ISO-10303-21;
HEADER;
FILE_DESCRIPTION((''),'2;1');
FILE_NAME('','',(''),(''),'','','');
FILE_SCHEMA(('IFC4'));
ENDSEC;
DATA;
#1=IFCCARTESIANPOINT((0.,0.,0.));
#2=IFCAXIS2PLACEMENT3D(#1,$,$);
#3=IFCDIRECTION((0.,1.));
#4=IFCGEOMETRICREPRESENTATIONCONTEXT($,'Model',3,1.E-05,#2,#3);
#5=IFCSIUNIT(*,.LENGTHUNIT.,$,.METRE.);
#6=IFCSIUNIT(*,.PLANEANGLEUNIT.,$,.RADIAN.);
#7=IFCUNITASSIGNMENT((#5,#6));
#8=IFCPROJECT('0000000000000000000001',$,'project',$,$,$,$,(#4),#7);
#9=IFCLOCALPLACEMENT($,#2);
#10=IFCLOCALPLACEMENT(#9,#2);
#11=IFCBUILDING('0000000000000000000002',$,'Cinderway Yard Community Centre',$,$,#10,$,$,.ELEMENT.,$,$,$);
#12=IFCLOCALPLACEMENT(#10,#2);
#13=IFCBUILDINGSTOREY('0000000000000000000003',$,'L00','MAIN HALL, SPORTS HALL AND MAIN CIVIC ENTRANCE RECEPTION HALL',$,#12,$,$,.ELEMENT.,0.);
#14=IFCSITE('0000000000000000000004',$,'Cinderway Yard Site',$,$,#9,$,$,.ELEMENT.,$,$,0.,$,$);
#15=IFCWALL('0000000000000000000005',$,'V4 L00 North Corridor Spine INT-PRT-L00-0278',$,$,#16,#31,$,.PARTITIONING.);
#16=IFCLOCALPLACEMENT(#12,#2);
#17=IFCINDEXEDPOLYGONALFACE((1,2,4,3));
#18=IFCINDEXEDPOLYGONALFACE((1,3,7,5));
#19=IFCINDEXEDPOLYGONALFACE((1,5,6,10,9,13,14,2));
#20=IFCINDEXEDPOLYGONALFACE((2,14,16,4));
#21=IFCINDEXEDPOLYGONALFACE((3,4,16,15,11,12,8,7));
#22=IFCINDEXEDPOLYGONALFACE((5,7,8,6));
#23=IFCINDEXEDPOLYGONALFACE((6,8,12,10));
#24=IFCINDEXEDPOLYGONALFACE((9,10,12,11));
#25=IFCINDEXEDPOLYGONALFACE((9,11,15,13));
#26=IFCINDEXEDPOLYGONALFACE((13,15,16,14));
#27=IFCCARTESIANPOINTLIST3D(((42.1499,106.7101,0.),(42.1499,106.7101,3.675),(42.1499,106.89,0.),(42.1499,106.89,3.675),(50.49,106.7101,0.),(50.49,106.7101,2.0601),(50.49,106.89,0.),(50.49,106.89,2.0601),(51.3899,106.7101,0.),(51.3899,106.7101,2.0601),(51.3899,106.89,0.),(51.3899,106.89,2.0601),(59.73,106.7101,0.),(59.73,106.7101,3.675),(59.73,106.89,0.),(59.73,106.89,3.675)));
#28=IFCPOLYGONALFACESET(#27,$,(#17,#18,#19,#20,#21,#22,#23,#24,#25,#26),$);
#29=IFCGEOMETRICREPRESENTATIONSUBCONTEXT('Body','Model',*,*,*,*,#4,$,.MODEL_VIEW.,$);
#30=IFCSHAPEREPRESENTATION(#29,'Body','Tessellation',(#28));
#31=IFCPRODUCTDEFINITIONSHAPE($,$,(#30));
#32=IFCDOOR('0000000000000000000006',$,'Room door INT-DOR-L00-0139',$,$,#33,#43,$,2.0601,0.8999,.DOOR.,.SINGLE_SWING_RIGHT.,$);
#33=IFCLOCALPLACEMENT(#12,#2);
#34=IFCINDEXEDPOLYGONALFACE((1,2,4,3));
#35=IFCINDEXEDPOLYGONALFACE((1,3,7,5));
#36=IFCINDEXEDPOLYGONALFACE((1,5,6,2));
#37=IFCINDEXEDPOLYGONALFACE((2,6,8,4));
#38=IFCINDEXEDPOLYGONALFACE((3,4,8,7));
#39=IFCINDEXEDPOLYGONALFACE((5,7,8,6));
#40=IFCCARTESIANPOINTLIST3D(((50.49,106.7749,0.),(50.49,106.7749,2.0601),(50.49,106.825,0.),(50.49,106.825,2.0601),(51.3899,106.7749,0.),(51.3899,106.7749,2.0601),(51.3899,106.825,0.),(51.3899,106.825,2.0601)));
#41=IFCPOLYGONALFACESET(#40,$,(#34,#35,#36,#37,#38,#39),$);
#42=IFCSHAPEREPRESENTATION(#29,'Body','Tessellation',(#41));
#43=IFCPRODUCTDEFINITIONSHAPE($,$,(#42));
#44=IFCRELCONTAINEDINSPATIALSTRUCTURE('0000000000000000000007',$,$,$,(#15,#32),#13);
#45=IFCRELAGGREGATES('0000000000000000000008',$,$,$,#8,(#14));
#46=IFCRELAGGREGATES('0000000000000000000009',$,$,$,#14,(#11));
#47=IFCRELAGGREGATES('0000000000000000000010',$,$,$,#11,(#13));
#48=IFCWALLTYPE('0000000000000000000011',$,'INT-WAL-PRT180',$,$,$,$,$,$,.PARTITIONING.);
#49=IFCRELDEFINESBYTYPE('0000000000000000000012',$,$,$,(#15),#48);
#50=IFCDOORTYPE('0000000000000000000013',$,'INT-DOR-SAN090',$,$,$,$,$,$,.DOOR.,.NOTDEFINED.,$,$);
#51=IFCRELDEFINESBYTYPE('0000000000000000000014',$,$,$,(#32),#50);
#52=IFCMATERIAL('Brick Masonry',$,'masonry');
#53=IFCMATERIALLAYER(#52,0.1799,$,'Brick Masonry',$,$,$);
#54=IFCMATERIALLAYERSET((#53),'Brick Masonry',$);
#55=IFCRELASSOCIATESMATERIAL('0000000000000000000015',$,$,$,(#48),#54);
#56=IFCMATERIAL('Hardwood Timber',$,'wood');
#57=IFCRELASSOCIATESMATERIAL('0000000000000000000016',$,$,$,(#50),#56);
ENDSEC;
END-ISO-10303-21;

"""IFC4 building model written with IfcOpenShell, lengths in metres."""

from ifc_helpers import new_model, si_unit, direction, frame, frame_2d, origin, place, context, subcontext, project, spatial, rectangle, extrude, material, layer, layer_set, type_object, element, fill, save


model = new_model("IFC4")

# Units and contexts
model_context = context("Model", 3, precision=1e-05, world=origin(), true_north=direction((0.0, 1.0)))
body_context = subcontext(model_context, "Body", "Model", "MODEL_VIEW")
ifc_project = project(units=[si_unit("LENGTHUNIT", "METRE"), si_unit("PLANEANGLEUNIT", "RADIAN")], contexts=[model_context])

# Site, building, storey
site_placement = place(None, origin())
site = spatial("IfcSite", under=ifc_project, at=site_placement, Name="Cinderway Yard Site", CompositionType="ELEMENT", RefElevation=0.0)
building_placement = place(site_placement, origin())
building = spatial("IfcBuilding", under=site, at=building_placement, Name="Cinderway Yard Community Centre", CompositionType="ELEMENT")
storey_placement = place(building_placement, origin())
storey = spatial("IfcBuildingStorey", under=building, at=storey_placement, Name="L00", Description="MAIN HALL, SPORTS HALL AND MAIN CIVIC ENTRANCE RECEPTION HALL", CompositionType="ELEMENT", Elevation=0.0)

# Shared definitions
ifc_material_1 = material(Name="Brick Masonry", Category="masonry")

# Shared definitions
ifc_layer_1 = layer(ifc_material_1, 0.1799, Name="Brick Masonry")
ifc_layer_set_1 = layer_set([ifc_layer_1], Name="Brick Masonry")
wall_type_1 = type_object("IfcWallType", Name="INT-WAL-PRT180", PredefinedType="PARTITIONING", material=ifc_layer_set_1)
ifc_material_2 = material(Name="Hardwood Timber", Category="wood")

# Wall, opening, door
wall_1_placement = place(storey_placement, frame((42.1499, 106.8, 0.0), z_axis=(0.0, 0.0, 1.0), x_axis=(1.0, 0.0, 0.0)))
wall_1 = element("IfcWall", 1, at=wall_1_placement, inside=storey, type_object=wall_type_1, Name="V4 L00 North Corridor Spine INT-PRT-L00-0278", PredefinedType="PARTITIONING", context=body_context, shape_type="SweptSolid", body=[
    extrude(rectangle(XDim=17.5801, YDim=0.1799, at=frame_2d((8.79, 0.0))), origin(), (0.0, 0.0, 1.0), 3.675),
])
opening_1_placement = place(wall_1_placement, frame((8.3401, 0.0, 0.0)))
opening_1 = element("IfcOpeningElement", 2, at=opening_1_placement, cuts=wall_1, PredefinedType="OPENING", context=body_context, shape_type="SweptSolid", body=[
    extrude(rectangle(XDim=0.8999, YDim=2.0601, at=frame_2d((0.45, 1.03))), frame((0.0, 0.0999, 0.0), z_axis=(0.0, -1.0, 0.0), x_axis=(1.0, 0.0, 0.0)), (0.0, 0.0, 1.0), 0.2),
])
door_type_1 = type_object("IfcDoorType", Name="INT-DOR-SAN090", OperationType="NOTDEFINED", PredefinedType="DOOR", material=ifc_material_2)
door_1_placement = place(opening_1_placement, origin())
door_1 = element("IfcDoor", 3, at=door_1_placement, inside=storey, type_object=door_type_1, Name="Room door INT-DOR-L00-0139", OperationType="SINGLE_SWING_RIGHT", OverallHeight=2.0601, OverallWidth=0.8999, PredefinedType="DOOR", context=body_context, shape_type="SweptSolid", body=[
    extrude(rectangle(XDim=0.8999, YDim=2.0601, at=frame_2d((0.45, 1.03))), frame((0.0, 0.0249, 0.0), z_axis=(0.0, -1.0, 0.0), x_axis=(1.0, 0.0, 0.0)), (0.0, 0.0, 1.0), 0.05),
])
fill(opening_1, door_1)

save(model, "model.ifc")
